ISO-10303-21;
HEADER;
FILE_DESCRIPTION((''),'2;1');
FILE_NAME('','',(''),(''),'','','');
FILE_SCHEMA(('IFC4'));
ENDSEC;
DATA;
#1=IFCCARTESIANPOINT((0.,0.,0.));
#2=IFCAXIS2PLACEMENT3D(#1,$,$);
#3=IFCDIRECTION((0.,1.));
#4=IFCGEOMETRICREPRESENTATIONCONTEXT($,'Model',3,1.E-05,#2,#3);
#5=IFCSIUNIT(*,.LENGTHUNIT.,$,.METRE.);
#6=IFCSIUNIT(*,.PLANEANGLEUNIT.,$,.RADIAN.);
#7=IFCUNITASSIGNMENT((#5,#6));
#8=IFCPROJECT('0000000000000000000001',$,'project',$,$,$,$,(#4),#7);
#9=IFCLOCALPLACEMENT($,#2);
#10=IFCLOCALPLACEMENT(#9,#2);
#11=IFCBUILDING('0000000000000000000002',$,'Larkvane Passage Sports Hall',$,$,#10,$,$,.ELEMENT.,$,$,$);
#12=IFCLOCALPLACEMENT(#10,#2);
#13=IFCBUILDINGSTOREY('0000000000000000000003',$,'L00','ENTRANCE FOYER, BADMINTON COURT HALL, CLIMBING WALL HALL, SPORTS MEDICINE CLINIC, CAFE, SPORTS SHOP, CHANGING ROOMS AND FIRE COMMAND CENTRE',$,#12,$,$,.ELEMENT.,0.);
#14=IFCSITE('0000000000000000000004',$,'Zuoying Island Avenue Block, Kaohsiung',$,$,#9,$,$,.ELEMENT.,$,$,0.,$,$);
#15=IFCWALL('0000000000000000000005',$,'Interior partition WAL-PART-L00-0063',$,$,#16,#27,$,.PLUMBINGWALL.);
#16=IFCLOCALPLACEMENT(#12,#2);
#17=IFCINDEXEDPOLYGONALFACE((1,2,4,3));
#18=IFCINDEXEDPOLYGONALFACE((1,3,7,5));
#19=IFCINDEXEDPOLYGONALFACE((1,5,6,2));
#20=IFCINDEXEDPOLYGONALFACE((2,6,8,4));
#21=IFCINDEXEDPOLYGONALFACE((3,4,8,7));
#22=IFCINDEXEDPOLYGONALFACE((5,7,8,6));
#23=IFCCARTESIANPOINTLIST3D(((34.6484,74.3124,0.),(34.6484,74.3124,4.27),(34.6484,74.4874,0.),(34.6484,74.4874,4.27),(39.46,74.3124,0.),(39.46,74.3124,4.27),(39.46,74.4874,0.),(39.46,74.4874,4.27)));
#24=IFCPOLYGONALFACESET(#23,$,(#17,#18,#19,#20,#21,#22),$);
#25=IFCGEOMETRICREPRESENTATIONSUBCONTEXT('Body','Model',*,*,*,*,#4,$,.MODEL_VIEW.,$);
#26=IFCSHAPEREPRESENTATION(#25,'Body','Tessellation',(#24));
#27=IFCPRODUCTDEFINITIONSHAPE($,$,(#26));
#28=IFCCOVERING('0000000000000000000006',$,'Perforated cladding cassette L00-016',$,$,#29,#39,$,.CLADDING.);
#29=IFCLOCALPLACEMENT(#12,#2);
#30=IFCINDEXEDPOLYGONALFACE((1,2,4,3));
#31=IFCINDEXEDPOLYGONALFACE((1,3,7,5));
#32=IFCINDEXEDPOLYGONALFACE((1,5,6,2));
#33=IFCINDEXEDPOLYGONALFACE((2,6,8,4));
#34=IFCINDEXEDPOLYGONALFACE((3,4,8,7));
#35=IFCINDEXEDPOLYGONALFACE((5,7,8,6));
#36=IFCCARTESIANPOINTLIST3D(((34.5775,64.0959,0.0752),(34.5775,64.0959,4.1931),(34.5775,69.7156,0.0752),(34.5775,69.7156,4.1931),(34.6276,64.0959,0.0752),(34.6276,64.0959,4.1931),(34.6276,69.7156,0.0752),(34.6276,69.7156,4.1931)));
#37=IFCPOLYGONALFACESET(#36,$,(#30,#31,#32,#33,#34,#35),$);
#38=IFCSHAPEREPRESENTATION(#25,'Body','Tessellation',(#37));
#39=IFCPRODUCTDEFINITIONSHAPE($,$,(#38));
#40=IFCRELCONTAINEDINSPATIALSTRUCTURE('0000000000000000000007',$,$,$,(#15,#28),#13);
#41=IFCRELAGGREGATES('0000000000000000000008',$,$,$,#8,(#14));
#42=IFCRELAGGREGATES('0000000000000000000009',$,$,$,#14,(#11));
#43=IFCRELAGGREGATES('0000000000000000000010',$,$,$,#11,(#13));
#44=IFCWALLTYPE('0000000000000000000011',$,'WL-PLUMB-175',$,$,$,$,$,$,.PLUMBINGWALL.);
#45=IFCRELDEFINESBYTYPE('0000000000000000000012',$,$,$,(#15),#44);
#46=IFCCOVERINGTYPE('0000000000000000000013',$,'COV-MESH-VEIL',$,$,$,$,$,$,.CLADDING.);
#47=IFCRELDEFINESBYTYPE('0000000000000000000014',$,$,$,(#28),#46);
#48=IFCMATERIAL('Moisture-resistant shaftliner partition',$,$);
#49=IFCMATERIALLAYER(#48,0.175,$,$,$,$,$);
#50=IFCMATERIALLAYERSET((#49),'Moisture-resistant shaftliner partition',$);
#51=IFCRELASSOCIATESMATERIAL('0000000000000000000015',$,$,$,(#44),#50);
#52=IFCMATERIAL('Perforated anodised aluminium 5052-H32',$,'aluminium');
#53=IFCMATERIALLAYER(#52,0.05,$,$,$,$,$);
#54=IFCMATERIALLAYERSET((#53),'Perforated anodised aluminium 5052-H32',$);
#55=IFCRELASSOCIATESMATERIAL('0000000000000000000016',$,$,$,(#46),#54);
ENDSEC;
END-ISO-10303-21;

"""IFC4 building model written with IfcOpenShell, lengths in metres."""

from ifc_helpers import new_model, si_unit, direction, frame, frame_2d, origin, origin_2d, place, context, subcontext, project, spatial, rectangle, extrude, material, layer, layer_set, type_object, element, save


model = new_model("IFC4")

# Units and contexts
model_context = context("Model", 3, precision=1e-05, world=origin(), true_north=direction((0.0, 1.0)))
body_context = subcontext(model_context, "Body", "Model", "MODEL_VIEW")
ifc_project = project(units=[si_unit("LENGTHUNIT", "METRE"), si_unit("PLANEANGLEUNIT", "RADIAN")], contexts=[model_context])

# Site, building, storey
site_placement = place(None, origin())
site = spatial("IfcSite", under=ifc_project, at=site_placement, Name="Zuoying Island Avenue Block, Kaohsiung", CompositionType="ELEMENT", RefElevation=0.0)
building_placement = place(site_placement, origin())
building = spatial("IfcBuilding", under=site, at=building_placement, Name="Larkvane Passage Sports Hall", CompositionType="ELEMENT")
storey_placement = place(building_placement, origin())
storey = spatial("IfcBuildingStorey", under=building, at=storey_placement, Name="L00", Description="ENTRANCE FOYER, BADMINTON COURT HALL, CLIMBING WALL HALL, SPORTS MEDICINE CLINIC, CAFE, SPORTS SHOP, CHANGING ROOMS AND FIRE COMMAND CENTRE", CompositionType="ELEMENT", Elevation=0.0)

# Wall
ifc_material_1 = material(Name="Moisture-resistant shaftliner partition")
ifc_layer_1 = layer(ifc_material_1, 0.175)
ifc_layer_set_1 = layer_set([ifc_layer_1], Name="Moisture-resistant shaftliner partition")
wall_type_1 = type_object("IfcWallType", Name="WL-PLUMB-175", PredefinedType="PLUMBINGWALL", material=ifc_layer_set_1)
wall_1_placement = place(storey_placement, frame((39.46, 74.3999, 0.0), z_axis=(0.0, 0.0, 1.0), x_axis=(-1.0, 0.0, 0.0)))
element("IfcWall", 1, at=wall_1_placement, inside=storey, type_object=wall_type_1, Name="Interior partition WAL-PART-L00-0063", PredefinedType="PLUMBINGWALL", context=body_context, shape_type="SweptSolid", body=[
    extrude(rectangle(XDim=4.8115, YDim=0.175, at=frame_2d((2.4058, 0.0))), origin(), (0.0, 0.0, 1.0), 4.27),
])

# Covering
ifc_material_2 = material(Name="Perforated anodised aluminium 5052-H32", Category="aluminium")
ifc_layer_2 = layer(ifc_material_2, 0.05)
ifc_layer_set_2 = layer_set([ifc_layer_2], Name="Perforated anodised aluminium 5052-H32")
covering_type = type_object("IfcCoveringType", Name="COV-MESH-VEIL", PredefinedType="CLADDING", material=ifc_layer_set_2)
covering_placement = place(storey_placement, frame((34.6025, 66.9058, 0.0752), z_axis=(0.0, 0.0, 1.0), x_axis=(0.0, 1.0, 0.0)))
element("IfcCovering", 2, at=covering_placement, inside=storey, type_object=covering_type, Name="Perforated cladding cassette L00-016", PredefinedType="CLADDING", context=body_context, shape_type="SweptSolid", body=[
    extrude(rectangle(XDim=5.6196, YDim=0.05, at=origin_2d()), origin(), (0.0, 0.0, 1.0), 4.1179),
])

save(model, "model.ifc")
